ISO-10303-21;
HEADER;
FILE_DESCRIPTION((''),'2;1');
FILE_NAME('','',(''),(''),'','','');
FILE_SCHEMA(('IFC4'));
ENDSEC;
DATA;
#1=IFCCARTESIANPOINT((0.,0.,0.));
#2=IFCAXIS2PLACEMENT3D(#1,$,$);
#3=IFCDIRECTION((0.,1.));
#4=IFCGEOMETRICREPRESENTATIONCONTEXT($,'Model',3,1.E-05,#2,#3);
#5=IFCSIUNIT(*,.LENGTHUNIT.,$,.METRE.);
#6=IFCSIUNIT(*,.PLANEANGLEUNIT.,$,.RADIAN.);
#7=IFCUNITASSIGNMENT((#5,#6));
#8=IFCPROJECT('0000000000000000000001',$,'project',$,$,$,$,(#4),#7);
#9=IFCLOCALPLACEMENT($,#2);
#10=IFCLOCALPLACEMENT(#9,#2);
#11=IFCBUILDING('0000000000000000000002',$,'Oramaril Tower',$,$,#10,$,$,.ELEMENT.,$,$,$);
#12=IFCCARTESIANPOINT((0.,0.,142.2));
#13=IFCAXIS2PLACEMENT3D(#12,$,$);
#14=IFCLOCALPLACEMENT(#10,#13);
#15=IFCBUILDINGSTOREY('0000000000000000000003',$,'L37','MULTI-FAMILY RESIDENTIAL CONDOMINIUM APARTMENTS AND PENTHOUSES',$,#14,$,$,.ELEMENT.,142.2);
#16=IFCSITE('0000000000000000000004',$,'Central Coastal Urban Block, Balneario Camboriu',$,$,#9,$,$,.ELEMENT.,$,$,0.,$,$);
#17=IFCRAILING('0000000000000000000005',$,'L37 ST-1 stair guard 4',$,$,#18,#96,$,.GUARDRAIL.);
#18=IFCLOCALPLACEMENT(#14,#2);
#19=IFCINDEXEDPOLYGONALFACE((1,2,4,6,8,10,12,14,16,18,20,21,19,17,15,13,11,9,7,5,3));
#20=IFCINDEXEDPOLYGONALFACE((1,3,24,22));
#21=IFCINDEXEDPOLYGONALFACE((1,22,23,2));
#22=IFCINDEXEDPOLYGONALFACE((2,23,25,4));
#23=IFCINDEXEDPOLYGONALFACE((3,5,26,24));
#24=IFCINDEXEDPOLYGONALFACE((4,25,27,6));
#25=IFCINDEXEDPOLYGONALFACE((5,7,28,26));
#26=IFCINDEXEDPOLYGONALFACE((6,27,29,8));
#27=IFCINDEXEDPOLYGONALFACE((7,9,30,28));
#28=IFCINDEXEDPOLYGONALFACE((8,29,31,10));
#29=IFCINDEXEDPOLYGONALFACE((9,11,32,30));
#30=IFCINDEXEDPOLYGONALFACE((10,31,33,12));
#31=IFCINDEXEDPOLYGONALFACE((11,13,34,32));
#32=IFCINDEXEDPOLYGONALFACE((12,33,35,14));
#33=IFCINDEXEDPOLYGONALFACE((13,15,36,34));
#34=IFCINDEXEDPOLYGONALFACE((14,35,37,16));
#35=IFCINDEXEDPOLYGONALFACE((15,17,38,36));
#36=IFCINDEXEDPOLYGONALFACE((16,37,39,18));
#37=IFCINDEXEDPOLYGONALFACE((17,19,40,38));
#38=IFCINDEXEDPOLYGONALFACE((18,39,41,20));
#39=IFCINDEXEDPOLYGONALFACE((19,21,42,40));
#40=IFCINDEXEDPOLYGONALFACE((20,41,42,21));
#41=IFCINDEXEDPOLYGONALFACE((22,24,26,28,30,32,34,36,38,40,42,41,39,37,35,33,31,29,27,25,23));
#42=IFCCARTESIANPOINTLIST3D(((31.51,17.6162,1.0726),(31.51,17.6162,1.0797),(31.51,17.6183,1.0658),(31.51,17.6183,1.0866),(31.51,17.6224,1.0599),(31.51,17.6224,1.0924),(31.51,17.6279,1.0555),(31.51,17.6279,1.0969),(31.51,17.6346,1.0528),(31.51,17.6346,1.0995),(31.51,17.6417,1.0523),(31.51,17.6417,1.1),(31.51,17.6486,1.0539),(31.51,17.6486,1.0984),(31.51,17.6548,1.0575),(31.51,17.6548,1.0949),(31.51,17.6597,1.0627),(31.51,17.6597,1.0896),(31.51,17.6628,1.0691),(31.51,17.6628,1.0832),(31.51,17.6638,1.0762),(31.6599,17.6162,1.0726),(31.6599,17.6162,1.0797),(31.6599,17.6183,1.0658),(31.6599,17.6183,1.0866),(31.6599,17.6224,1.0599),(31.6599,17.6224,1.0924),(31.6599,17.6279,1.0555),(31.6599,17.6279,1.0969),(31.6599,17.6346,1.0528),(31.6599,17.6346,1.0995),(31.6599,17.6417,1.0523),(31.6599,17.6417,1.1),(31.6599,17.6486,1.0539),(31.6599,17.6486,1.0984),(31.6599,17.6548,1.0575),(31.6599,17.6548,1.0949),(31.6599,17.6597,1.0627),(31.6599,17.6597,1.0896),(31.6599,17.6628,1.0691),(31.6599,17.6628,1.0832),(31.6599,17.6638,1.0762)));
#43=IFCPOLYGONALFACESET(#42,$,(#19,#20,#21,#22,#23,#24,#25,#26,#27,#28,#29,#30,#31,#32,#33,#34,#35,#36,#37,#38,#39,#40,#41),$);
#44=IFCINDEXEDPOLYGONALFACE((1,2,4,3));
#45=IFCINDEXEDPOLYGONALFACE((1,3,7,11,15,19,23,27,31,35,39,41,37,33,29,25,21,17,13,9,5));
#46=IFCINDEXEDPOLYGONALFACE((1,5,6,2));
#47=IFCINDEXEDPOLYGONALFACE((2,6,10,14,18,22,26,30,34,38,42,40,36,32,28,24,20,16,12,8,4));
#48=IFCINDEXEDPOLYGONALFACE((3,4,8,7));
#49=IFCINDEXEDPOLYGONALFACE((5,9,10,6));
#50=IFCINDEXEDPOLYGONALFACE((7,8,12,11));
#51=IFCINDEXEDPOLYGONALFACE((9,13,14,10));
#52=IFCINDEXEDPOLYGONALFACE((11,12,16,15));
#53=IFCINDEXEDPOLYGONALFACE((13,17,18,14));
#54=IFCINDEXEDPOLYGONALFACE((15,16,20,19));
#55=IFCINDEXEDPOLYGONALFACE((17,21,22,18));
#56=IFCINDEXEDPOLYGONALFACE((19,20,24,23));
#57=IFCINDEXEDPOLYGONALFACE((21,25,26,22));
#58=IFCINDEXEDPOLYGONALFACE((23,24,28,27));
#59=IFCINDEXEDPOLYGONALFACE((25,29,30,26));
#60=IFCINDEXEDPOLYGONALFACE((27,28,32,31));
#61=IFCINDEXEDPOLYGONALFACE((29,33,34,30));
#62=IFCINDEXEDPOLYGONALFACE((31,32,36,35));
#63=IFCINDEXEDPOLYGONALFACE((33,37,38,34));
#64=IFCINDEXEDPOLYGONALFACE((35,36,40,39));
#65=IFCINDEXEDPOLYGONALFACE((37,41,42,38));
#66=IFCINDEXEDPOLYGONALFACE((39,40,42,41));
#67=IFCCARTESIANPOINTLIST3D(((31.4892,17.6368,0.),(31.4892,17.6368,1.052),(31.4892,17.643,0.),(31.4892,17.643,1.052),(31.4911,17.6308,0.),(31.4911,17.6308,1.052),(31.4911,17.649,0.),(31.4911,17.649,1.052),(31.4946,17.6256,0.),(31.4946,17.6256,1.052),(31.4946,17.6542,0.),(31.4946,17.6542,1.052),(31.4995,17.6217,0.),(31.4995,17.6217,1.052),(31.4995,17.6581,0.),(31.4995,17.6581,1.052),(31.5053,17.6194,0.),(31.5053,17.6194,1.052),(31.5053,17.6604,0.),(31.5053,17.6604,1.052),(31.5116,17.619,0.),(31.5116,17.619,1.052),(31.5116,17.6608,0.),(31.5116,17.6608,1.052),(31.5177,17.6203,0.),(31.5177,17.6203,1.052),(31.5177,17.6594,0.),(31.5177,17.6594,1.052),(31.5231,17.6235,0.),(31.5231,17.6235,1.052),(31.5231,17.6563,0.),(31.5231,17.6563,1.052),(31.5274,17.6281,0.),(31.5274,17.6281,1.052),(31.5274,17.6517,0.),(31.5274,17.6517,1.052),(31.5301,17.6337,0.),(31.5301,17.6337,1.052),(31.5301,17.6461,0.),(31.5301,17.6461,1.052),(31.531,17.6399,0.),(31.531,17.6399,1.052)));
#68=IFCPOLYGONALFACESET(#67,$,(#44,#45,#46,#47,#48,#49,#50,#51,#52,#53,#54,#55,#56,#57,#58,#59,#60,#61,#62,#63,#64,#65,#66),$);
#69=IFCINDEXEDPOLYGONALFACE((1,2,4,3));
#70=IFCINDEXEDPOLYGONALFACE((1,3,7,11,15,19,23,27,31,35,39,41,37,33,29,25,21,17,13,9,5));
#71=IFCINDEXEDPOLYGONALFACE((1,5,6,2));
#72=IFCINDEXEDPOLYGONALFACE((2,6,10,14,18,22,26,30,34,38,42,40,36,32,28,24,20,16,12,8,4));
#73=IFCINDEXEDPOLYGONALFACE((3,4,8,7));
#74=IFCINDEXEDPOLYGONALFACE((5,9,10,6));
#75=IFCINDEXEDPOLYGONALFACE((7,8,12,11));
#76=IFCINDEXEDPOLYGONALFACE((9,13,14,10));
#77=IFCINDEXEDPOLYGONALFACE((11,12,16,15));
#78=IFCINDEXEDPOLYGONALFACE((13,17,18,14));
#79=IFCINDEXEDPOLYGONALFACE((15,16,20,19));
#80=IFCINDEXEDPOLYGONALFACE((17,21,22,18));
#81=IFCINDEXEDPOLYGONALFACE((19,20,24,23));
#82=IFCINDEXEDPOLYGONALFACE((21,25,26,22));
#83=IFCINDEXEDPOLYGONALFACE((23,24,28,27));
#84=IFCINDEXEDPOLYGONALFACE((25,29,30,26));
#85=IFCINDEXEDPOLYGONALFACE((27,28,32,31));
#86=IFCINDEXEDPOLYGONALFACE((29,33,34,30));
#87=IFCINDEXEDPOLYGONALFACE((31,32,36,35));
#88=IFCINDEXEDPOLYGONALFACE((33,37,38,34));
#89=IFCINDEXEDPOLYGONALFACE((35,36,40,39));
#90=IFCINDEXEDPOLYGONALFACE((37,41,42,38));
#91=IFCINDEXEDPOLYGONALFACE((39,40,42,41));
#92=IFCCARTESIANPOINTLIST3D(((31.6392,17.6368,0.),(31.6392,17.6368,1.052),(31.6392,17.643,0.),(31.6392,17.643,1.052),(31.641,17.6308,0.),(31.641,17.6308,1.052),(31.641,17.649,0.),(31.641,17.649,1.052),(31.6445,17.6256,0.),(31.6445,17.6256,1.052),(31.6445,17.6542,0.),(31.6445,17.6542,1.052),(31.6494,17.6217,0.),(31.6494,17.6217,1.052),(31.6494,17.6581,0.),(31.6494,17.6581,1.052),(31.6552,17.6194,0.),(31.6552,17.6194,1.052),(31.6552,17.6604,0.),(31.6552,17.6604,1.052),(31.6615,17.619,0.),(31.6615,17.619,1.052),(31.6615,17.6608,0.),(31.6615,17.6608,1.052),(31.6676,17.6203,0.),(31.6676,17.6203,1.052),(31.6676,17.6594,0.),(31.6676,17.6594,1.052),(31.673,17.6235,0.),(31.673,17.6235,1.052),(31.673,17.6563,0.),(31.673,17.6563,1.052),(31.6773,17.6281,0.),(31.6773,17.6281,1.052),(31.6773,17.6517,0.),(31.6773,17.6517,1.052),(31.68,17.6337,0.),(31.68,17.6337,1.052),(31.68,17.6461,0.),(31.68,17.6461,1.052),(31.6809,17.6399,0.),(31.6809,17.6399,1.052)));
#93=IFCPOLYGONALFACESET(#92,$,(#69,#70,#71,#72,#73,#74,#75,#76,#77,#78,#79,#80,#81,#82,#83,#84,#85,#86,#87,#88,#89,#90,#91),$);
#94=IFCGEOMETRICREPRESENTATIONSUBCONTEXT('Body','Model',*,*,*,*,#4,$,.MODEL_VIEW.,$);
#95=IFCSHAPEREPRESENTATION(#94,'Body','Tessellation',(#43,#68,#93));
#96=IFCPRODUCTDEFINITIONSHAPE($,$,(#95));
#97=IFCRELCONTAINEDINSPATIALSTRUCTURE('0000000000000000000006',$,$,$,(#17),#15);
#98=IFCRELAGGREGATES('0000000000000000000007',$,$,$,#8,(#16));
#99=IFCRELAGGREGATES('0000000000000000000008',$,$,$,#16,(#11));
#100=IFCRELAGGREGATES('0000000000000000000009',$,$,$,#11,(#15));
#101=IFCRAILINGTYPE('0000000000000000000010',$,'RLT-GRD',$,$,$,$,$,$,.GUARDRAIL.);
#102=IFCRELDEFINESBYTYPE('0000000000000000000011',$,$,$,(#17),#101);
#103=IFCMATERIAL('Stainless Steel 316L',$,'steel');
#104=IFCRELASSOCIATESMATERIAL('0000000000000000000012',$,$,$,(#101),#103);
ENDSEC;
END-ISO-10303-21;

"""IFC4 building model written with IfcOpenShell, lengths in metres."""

from ifc_helpers import new_model, si_unit, direction, frame, origin, origin_2d, place, context, subcontext, project, spatial, circle, extrude, material, type_object, element, save


model = new_model("IFC4")

# Units and contexts
model_context = context("Model", 3, precision=1e-05, world=origin(), true_north=direction((0.0, 1.0)))
body_context = subcontext(model_context, "Body", "Model", "MODEL_VIEW")
ifc_project = project(units=[si_unit("LENGTHUNIT", "METRE"), si_unit("PLANEANGLEUNIT", "RADIAN")], contexts=[model_context])

# Site, building, storey
site_placement = place(None, origin())
site = spatial("IfcSite", under=ifc_project, at=site_placement, Name="Central Coastal Urban Block, Balneario Camboriu", CompositionType="ELEMENT", RefElevation=0.0)
building_placement = place(site_placement, origin())
building = spatial("IfcBuilding", under=site, at=building_placement, Name="Oramaril Tower", CompositionType="ELEMENT")
storey_placement = place(building_placement, frame((0.0, 0.0, 142.2)))
storey = spatial("IfcBuildingStorey", under=building, at=storey_placement, Name="L37", Description="MULTI-FAMILY RESIDENTIAL CONDOMINIUM APARTMENTS AND PENTHOUSES", CompositionType="ELEMENT", Elevation=142.2)

# Railing
ifc_material_1 = material(Name="Stainless Steel 316L", Category="steel")
railing_type_1 = type_object("IfcRailingType", Name="RLT-GRD", PredefinedType="GUARDRAIL", material=ifc_material_1)
railing_1_placement = place(storey_placement, frame((31.51, 17.6399, 0.0)))
element("IfcRailing", 1, at=railing_1_placement, inside=storey, type_object=railing_type_1, Name="L37 ST-1 stair guard 4", PredefinedType="GUARDRAIL", context=body_context, shape_type="SweptSolid", body=[
    extrude(circle(Radius=0.0239, at=origin_2d()), frame((0.0, 0.0, 1.0762), z_axis=(1.0, 0.0, 0.0), x_axis=(0.0, 1.0, 0.0)), (0.0, 0.0, 1.0), 0.1499),
    extrude(circle(Radius=0.021, at=origin_2d()), origin(), (0.0, 0.0, 1.0), 1.052),
    extrude(circle(Radius=0.021, at=origin_2d()), frame((0.1499, 0.0, 0.0)), (0.0, 0.0, 1.0), 1.052),
])

save(model, "model.ifc")
